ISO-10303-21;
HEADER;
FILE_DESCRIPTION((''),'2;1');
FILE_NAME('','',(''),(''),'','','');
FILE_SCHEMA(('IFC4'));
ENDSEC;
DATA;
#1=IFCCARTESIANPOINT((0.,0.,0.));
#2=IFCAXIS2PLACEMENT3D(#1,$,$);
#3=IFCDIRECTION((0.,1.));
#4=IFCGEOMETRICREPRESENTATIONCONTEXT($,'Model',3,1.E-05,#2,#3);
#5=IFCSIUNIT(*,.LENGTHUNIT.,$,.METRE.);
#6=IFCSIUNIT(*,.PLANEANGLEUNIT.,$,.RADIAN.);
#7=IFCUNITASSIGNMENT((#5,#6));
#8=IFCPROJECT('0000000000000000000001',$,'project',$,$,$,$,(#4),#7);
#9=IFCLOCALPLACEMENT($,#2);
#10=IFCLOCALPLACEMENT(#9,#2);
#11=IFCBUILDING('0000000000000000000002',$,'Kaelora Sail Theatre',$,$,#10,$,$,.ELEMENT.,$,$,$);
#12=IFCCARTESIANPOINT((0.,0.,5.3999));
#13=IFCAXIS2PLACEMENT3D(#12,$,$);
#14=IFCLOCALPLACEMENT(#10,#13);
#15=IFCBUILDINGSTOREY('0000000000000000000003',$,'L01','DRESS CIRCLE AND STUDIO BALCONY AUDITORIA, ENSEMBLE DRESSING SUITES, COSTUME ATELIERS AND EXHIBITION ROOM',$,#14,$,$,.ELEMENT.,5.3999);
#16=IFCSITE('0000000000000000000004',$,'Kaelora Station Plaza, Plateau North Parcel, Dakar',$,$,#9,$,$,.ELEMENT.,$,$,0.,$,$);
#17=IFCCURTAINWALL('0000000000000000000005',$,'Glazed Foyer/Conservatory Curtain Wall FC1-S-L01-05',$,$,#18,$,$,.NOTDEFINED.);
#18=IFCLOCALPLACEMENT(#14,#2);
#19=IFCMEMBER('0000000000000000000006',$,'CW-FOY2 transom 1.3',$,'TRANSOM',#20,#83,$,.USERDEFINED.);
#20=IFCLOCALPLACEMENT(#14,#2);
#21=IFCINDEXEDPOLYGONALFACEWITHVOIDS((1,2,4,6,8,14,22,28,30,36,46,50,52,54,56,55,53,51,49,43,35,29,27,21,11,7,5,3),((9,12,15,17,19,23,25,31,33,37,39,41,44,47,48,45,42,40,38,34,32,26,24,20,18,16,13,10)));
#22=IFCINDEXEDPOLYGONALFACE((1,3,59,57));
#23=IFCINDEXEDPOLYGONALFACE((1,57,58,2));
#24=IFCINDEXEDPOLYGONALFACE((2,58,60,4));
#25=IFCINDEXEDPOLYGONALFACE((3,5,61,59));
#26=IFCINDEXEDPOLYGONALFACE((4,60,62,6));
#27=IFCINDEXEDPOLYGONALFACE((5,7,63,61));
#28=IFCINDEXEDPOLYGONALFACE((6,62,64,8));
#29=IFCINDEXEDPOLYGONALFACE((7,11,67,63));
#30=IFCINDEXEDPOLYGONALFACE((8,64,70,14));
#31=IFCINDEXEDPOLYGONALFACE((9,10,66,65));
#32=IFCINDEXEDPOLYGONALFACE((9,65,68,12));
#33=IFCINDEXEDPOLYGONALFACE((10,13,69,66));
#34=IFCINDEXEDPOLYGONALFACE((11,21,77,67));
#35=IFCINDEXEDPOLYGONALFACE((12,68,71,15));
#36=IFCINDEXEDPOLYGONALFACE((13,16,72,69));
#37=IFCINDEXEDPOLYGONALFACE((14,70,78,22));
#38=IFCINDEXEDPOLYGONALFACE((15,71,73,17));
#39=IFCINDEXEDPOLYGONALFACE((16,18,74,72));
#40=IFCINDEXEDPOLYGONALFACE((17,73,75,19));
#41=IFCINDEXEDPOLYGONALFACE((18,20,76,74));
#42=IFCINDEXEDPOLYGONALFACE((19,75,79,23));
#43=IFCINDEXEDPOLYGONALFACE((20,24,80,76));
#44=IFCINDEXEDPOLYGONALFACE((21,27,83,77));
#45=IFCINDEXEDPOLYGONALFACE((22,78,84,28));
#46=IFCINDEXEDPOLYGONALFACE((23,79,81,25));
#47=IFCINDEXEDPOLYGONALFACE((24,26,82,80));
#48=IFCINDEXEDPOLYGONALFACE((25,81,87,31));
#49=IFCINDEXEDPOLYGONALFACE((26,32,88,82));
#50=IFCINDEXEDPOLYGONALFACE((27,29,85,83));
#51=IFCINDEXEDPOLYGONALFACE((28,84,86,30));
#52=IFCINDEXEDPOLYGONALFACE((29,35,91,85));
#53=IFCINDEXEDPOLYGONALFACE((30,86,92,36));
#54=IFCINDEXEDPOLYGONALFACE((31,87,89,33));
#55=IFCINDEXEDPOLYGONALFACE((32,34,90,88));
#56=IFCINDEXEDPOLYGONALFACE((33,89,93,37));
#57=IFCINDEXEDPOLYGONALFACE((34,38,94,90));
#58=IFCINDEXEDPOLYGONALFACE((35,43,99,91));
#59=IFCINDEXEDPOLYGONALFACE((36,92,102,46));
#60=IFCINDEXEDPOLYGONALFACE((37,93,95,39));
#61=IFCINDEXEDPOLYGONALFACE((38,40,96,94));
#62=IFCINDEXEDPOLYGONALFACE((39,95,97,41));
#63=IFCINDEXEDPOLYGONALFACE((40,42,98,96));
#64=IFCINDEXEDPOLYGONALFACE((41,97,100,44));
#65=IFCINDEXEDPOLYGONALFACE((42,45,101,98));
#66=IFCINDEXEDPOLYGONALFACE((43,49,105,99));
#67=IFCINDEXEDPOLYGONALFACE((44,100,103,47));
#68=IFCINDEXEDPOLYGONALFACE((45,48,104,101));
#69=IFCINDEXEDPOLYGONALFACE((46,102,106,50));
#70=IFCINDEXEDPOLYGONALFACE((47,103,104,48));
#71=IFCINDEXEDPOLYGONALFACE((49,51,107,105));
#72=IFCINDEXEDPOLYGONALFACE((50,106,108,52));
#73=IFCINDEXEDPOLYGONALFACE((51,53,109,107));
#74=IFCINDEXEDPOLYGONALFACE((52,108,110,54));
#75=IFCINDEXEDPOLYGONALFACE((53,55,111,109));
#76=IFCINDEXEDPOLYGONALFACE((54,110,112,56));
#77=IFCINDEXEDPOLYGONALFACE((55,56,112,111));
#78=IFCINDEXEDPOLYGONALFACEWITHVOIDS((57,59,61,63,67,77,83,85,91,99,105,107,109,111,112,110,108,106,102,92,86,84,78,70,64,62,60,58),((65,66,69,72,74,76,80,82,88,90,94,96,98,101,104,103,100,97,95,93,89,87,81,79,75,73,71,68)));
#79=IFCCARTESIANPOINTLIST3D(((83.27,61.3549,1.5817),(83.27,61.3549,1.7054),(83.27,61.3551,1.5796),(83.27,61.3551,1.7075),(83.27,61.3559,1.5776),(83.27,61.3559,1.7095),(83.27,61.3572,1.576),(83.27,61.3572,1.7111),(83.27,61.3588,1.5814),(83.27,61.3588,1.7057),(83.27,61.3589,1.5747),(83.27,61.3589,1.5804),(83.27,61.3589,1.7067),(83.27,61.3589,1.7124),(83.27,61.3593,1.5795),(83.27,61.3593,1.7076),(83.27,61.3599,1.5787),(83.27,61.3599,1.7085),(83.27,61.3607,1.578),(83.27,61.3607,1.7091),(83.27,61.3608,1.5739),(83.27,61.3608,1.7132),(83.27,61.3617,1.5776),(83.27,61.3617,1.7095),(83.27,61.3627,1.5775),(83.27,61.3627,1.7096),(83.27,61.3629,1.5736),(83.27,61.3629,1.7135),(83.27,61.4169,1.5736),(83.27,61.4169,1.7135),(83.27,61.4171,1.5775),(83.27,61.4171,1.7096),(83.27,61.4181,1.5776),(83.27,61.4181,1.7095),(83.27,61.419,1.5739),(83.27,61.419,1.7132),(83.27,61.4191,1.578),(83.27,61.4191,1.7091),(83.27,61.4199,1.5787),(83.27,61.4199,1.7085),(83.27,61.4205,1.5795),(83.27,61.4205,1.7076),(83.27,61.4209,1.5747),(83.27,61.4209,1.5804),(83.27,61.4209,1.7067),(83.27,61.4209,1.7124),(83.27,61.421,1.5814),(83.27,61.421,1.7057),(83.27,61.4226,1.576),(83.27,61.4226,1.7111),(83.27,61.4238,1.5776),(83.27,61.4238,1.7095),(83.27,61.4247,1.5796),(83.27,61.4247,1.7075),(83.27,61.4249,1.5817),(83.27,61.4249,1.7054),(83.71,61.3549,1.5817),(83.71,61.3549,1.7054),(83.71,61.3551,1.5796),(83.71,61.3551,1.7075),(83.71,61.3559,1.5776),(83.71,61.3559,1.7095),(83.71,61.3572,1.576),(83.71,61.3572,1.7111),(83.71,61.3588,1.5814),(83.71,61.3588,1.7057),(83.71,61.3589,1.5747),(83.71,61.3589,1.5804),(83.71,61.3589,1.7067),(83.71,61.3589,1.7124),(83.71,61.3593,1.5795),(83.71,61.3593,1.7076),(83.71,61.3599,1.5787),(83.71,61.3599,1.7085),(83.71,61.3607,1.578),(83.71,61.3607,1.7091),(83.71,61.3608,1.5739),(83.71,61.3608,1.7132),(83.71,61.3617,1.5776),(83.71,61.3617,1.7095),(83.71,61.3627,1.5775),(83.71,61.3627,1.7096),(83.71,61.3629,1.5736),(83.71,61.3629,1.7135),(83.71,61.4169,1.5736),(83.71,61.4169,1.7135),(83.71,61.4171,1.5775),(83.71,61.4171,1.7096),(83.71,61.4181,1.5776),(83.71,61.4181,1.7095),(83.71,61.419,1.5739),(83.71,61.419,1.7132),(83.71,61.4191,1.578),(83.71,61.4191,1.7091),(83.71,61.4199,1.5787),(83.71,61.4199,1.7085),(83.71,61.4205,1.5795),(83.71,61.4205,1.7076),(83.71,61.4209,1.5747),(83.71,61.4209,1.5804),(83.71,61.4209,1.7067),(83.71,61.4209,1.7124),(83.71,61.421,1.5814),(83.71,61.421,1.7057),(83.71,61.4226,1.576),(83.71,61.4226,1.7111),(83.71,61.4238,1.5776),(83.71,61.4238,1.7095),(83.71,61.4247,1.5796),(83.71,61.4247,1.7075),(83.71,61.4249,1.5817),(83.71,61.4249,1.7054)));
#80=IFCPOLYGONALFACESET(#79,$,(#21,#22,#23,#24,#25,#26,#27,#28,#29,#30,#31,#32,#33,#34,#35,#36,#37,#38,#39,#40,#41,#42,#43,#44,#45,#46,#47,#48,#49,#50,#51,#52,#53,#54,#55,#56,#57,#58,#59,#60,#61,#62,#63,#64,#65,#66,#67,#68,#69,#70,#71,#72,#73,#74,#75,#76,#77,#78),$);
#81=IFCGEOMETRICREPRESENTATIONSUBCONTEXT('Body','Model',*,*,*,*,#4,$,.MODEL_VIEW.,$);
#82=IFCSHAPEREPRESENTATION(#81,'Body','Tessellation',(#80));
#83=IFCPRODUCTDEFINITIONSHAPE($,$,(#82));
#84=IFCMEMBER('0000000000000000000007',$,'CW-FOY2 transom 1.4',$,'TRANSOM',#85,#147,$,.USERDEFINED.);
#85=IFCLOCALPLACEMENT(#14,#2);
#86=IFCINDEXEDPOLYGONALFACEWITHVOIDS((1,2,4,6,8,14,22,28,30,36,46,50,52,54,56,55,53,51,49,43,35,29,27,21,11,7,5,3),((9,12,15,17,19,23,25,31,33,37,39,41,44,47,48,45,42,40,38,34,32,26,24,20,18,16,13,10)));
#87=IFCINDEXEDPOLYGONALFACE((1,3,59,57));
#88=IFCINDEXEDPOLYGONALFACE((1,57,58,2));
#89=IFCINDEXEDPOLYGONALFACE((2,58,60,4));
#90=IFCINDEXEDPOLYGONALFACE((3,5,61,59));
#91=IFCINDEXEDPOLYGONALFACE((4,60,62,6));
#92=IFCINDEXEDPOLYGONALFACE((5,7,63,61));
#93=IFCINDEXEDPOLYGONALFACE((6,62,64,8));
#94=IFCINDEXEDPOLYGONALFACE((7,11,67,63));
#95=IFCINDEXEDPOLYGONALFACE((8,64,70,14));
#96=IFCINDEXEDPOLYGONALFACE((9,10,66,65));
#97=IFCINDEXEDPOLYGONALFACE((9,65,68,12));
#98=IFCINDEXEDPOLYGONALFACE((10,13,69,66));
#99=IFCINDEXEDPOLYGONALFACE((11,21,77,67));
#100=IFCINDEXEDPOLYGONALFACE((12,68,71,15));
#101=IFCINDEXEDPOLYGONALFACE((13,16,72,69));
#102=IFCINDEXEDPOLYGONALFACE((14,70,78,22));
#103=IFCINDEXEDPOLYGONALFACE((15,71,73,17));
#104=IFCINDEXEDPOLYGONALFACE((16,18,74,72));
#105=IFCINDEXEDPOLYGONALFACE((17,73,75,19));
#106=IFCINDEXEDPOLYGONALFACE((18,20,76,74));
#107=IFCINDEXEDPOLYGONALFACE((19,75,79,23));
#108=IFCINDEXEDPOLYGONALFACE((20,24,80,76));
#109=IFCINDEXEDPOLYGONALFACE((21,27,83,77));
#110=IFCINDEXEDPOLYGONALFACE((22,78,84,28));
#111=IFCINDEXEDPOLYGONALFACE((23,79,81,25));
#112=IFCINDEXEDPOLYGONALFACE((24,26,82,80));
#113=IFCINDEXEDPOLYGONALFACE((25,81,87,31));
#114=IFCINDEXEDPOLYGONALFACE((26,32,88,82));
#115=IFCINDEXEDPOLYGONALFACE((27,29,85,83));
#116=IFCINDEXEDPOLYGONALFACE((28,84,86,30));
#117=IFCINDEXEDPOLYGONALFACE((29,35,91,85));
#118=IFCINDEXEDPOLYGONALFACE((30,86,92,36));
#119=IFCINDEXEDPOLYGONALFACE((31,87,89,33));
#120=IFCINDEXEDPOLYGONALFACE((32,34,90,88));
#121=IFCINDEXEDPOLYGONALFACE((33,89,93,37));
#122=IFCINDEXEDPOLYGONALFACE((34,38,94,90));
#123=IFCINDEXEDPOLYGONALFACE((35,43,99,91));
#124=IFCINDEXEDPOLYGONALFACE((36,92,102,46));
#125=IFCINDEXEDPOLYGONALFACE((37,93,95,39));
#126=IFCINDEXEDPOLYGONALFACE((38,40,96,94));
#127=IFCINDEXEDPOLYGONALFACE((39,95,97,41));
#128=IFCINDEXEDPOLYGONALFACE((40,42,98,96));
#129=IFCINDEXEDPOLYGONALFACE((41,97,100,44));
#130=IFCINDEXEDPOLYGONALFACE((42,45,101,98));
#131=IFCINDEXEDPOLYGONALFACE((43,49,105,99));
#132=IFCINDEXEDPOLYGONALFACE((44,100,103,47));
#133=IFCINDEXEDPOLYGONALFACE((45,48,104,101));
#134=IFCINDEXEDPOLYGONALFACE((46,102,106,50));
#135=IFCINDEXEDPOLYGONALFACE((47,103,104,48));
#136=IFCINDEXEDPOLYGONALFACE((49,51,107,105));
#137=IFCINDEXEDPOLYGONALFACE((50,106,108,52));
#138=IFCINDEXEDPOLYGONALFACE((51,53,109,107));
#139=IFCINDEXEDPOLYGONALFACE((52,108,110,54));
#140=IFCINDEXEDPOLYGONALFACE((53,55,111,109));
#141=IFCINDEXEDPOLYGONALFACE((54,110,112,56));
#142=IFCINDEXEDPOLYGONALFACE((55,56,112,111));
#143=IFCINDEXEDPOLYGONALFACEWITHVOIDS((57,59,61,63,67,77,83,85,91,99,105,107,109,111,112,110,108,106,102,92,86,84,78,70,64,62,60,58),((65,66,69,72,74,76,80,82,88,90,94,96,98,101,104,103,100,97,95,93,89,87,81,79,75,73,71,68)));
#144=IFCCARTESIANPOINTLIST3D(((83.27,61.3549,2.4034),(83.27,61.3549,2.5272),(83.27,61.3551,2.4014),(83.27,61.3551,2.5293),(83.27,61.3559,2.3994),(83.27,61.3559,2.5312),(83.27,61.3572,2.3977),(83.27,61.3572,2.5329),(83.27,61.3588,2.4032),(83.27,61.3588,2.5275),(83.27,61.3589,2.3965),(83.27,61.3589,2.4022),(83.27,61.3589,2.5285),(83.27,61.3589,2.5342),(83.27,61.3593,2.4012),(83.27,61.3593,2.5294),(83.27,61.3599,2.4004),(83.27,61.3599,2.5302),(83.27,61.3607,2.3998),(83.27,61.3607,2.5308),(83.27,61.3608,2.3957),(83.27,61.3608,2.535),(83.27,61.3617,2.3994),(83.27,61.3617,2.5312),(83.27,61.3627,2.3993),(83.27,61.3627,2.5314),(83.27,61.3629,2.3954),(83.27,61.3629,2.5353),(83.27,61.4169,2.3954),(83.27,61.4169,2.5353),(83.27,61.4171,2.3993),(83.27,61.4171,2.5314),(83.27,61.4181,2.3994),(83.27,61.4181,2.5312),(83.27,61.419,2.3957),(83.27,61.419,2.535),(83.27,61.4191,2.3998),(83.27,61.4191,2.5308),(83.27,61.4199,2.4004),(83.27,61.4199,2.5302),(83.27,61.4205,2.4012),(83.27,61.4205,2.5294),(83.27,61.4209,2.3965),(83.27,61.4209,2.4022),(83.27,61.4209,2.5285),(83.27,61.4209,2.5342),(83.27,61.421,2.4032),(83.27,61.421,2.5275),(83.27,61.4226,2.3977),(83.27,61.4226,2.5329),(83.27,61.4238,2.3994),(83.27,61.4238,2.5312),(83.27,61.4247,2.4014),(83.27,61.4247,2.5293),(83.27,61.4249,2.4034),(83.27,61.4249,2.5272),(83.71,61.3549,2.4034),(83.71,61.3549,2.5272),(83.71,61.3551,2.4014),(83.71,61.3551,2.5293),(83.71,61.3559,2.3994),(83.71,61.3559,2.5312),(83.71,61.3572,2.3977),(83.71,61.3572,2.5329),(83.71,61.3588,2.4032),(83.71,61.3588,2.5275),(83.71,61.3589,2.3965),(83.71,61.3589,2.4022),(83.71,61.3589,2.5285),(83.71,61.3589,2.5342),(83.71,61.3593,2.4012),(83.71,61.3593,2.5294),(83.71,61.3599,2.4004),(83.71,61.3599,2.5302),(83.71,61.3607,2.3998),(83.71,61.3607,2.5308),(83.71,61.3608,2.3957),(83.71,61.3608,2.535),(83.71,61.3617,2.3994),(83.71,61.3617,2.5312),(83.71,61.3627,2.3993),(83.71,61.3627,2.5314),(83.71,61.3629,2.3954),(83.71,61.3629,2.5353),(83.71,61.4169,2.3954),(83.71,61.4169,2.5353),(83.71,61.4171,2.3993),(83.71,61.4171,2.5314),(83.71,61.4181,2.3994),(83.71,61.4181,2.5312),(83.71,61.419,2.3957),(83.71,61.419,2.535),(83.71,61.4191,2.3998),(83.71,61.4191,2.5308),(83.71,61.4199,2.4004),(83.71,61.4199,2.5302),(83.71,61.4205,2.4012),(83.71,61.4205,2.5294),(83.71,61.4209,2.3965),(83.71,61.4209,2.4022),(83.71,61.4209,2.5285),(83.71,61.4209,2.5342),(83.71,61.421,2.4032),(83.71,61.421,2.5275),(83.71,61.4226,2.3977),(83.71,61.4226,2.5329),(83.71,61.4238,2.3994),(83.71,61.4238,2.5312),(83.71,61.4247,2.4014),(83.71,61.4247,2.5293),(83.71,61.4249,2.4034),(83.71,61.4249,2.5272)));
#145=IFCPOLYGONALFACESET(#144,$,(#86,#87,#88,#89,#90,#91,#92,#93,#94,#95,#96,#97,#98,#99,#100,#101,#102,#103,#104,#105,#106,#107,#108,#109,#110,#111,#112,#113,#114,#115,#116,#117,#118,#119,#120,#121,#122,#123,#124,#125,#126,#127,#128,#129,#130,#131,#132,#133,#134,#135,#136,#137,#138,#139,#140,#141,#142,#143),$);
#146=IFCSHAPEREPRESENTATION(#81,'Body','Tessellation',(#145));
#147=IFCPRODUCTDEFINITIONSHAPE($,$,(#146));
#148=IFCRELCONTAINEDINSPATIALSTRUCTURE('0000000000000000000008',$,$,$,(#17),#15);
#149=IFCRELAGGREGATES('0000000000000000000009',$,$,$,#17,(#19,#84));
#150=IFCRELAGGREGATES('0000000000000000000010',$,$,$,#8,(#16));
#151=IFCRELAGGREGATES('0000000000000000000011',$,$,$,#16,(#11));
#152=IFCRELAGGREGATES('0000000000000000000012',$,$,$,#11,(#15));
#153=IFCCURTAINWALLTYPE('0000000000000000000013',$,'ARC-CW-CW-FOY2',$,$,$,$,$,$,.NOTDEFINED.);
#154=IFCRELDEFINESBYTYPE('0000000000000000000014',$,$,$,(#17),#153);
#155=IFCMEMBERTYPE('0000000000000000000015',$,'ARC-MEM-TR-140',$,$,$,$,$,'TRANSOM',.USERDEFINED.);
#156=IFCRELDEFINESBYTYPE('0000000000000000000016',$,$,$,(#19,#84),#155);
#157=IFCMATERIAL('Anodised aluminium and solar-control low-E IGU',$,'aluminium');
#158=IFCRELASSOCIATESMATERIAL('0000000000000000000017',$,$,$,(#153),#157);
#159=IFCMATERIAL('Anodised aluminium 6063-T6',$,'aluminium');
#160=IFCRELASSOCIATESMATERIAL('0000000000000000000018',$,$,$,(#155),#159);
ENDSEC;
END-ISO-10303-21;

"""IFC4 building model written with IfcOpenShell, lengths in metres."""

from ifc_helpers import new_model, si_unit, direction, frame, origin, origin_2d, place, context, subcontext, project, spatial, hollow_rectangle, extrude, material, material_profile, profile_set, type_object, element, aggregate, save


model = new_model("IFC4")

# Units and contexts
model_context = context("Model", 3, precision=1e-05, world=origin(), true_north=direction((0.0, 1.0)))
body_context = subcontext(model_context, "Body", "Model", "MODEL_VIEW")
ifc_project = project(units=[si_unit("LENGTHUNIT", "METRE"), si_unit("PLANEANGLEUNIT", "RADIAN")], contexts=[model_context])

# Site, building, storey
site_placement = place(None, origin())
site = spatial("IfcSite", under=ifc_project, at=site_placement, Name="Kaelora Station Plaza, Plateau North Parcel, Dakar", CompositionType="ELEMENT", RefElevation=0.0)
building_placement = place(site_placement, origin())
building = spatial("IfcBuilding", under=site, at=building_placement, Name="Kaelora Sail Theatre", CompositionType="ELEMENT")
storey_placement = place(building_placement, frame((0.0, 0.0, 5.3999)))
storey = spatial("IfcBuildingStorey", under=building, at=storey_placement, Name="L01", Description="DRESS CIRCLE AND STUDIO BALCONY AUDITORIA, ENSEMBLE DRESSING SUITES, COSTUME ATELIERS AND EXHIBITION ROOM", CompositionType="ELEMENT", Elevation=5.3999)

# Shared definitions
ifc_material_1 = material(Name="Anodised aluminium and solar-control low-E IGU", Category="aluminium")
curtain_wall_type = type_object("IfcCurtainWallType", Name="ARC-CW-CW-FOY2", PredefinedType="NOTDEFINED", material=ifc_material_1)

# Curtain wall
curtain_wall_1_placement = place(storey_placement, origin())
curtain_wall_1 = element("IfcCurtainWall", 1, at=curtain_wall_1_placement, inside=storey, type_object=curtain_wall_type, Name="Glazed Foyer/Conservatory Curtain Wall FC1-S-L01-05", PredefinedType="NOTDEFINED")

# Members
ifc_material_2 = material(Name="Anodised aluminium 6063-T6", Category="aluminium")
ifc_material_profile_1 = material_profile(ifc_material_2, hollow_rectangle(XDim=0.0701, YDim=0.1399, WallThickness=0.0039, InnerFilletRadius=0.0039, OuterFilletRadius=0.0081, at=origin_2d()), Name="ALU-TRAN 70x140x4")
ifc_profile_set_1 = profile_set([ifc_material_profile_1], Name="Anodised aluminium 6063-T6")
member_type_1 = type_object("IfcMemberType", Name="ARC-MEM-TR-140", ElementType="TRANSOM", PredefinedType="USERDEFINED", material=ifc_profile_set_1)
member_1_placement = place(storey_placement, frame((83.27, 61.3899, 1.6436), z_axis=(1.0, 0.0, 0.0), x_axis=(0.0, 1.0, 0.0)))
member_1 = element("IfcMember", 2, at=member_1_placement, type_object=member_type_1, Name="CW-FOY2 transom 1.3", ObjectType="TRANSOM", PredefinedType="USERDEFINED", context=body_context, shape_type="SweptSolid", body=[
    extrude(hollow_rectangle(XDim=0.0701, YDim=0.1399, WallThickness=0.0039, InnerFilletRadius=0.0039, OuterFilletRadius=0.0081, at=origin_2d()), origin(), (0.0, 0.0, 1.0), 0.4399),
])
member_2_placement = place(storey_placement, frame((83.27, 61.3899, 2.4653), z_axis=(1.0, 0.0, 0.0), x_axis=(0.0, 1.0, 0.0)))
member_2 = element("IfcMember", 3, at=member_2_placement, type_object=member_type_1, Name="CW-FOY2 transom 1.4", ObjectType="TRANSOM", PredefinedType="USERDEFINED", context=body_context, shape_type="SweptSolid", body=[
    extrude(hollow_rectangle(XDim=0.0701, YDim=0.1399, WallThickness=0.0039, InnerFilletRadius=0.0039, OuterFilletRadius=0.0081, at=origin_2d()), origin(), (0.0, 0.0, 1.0), 0.4399),
])

aggregate(curtain_wall_1, [member_1, member_2])

save(model, "model.ifc")
